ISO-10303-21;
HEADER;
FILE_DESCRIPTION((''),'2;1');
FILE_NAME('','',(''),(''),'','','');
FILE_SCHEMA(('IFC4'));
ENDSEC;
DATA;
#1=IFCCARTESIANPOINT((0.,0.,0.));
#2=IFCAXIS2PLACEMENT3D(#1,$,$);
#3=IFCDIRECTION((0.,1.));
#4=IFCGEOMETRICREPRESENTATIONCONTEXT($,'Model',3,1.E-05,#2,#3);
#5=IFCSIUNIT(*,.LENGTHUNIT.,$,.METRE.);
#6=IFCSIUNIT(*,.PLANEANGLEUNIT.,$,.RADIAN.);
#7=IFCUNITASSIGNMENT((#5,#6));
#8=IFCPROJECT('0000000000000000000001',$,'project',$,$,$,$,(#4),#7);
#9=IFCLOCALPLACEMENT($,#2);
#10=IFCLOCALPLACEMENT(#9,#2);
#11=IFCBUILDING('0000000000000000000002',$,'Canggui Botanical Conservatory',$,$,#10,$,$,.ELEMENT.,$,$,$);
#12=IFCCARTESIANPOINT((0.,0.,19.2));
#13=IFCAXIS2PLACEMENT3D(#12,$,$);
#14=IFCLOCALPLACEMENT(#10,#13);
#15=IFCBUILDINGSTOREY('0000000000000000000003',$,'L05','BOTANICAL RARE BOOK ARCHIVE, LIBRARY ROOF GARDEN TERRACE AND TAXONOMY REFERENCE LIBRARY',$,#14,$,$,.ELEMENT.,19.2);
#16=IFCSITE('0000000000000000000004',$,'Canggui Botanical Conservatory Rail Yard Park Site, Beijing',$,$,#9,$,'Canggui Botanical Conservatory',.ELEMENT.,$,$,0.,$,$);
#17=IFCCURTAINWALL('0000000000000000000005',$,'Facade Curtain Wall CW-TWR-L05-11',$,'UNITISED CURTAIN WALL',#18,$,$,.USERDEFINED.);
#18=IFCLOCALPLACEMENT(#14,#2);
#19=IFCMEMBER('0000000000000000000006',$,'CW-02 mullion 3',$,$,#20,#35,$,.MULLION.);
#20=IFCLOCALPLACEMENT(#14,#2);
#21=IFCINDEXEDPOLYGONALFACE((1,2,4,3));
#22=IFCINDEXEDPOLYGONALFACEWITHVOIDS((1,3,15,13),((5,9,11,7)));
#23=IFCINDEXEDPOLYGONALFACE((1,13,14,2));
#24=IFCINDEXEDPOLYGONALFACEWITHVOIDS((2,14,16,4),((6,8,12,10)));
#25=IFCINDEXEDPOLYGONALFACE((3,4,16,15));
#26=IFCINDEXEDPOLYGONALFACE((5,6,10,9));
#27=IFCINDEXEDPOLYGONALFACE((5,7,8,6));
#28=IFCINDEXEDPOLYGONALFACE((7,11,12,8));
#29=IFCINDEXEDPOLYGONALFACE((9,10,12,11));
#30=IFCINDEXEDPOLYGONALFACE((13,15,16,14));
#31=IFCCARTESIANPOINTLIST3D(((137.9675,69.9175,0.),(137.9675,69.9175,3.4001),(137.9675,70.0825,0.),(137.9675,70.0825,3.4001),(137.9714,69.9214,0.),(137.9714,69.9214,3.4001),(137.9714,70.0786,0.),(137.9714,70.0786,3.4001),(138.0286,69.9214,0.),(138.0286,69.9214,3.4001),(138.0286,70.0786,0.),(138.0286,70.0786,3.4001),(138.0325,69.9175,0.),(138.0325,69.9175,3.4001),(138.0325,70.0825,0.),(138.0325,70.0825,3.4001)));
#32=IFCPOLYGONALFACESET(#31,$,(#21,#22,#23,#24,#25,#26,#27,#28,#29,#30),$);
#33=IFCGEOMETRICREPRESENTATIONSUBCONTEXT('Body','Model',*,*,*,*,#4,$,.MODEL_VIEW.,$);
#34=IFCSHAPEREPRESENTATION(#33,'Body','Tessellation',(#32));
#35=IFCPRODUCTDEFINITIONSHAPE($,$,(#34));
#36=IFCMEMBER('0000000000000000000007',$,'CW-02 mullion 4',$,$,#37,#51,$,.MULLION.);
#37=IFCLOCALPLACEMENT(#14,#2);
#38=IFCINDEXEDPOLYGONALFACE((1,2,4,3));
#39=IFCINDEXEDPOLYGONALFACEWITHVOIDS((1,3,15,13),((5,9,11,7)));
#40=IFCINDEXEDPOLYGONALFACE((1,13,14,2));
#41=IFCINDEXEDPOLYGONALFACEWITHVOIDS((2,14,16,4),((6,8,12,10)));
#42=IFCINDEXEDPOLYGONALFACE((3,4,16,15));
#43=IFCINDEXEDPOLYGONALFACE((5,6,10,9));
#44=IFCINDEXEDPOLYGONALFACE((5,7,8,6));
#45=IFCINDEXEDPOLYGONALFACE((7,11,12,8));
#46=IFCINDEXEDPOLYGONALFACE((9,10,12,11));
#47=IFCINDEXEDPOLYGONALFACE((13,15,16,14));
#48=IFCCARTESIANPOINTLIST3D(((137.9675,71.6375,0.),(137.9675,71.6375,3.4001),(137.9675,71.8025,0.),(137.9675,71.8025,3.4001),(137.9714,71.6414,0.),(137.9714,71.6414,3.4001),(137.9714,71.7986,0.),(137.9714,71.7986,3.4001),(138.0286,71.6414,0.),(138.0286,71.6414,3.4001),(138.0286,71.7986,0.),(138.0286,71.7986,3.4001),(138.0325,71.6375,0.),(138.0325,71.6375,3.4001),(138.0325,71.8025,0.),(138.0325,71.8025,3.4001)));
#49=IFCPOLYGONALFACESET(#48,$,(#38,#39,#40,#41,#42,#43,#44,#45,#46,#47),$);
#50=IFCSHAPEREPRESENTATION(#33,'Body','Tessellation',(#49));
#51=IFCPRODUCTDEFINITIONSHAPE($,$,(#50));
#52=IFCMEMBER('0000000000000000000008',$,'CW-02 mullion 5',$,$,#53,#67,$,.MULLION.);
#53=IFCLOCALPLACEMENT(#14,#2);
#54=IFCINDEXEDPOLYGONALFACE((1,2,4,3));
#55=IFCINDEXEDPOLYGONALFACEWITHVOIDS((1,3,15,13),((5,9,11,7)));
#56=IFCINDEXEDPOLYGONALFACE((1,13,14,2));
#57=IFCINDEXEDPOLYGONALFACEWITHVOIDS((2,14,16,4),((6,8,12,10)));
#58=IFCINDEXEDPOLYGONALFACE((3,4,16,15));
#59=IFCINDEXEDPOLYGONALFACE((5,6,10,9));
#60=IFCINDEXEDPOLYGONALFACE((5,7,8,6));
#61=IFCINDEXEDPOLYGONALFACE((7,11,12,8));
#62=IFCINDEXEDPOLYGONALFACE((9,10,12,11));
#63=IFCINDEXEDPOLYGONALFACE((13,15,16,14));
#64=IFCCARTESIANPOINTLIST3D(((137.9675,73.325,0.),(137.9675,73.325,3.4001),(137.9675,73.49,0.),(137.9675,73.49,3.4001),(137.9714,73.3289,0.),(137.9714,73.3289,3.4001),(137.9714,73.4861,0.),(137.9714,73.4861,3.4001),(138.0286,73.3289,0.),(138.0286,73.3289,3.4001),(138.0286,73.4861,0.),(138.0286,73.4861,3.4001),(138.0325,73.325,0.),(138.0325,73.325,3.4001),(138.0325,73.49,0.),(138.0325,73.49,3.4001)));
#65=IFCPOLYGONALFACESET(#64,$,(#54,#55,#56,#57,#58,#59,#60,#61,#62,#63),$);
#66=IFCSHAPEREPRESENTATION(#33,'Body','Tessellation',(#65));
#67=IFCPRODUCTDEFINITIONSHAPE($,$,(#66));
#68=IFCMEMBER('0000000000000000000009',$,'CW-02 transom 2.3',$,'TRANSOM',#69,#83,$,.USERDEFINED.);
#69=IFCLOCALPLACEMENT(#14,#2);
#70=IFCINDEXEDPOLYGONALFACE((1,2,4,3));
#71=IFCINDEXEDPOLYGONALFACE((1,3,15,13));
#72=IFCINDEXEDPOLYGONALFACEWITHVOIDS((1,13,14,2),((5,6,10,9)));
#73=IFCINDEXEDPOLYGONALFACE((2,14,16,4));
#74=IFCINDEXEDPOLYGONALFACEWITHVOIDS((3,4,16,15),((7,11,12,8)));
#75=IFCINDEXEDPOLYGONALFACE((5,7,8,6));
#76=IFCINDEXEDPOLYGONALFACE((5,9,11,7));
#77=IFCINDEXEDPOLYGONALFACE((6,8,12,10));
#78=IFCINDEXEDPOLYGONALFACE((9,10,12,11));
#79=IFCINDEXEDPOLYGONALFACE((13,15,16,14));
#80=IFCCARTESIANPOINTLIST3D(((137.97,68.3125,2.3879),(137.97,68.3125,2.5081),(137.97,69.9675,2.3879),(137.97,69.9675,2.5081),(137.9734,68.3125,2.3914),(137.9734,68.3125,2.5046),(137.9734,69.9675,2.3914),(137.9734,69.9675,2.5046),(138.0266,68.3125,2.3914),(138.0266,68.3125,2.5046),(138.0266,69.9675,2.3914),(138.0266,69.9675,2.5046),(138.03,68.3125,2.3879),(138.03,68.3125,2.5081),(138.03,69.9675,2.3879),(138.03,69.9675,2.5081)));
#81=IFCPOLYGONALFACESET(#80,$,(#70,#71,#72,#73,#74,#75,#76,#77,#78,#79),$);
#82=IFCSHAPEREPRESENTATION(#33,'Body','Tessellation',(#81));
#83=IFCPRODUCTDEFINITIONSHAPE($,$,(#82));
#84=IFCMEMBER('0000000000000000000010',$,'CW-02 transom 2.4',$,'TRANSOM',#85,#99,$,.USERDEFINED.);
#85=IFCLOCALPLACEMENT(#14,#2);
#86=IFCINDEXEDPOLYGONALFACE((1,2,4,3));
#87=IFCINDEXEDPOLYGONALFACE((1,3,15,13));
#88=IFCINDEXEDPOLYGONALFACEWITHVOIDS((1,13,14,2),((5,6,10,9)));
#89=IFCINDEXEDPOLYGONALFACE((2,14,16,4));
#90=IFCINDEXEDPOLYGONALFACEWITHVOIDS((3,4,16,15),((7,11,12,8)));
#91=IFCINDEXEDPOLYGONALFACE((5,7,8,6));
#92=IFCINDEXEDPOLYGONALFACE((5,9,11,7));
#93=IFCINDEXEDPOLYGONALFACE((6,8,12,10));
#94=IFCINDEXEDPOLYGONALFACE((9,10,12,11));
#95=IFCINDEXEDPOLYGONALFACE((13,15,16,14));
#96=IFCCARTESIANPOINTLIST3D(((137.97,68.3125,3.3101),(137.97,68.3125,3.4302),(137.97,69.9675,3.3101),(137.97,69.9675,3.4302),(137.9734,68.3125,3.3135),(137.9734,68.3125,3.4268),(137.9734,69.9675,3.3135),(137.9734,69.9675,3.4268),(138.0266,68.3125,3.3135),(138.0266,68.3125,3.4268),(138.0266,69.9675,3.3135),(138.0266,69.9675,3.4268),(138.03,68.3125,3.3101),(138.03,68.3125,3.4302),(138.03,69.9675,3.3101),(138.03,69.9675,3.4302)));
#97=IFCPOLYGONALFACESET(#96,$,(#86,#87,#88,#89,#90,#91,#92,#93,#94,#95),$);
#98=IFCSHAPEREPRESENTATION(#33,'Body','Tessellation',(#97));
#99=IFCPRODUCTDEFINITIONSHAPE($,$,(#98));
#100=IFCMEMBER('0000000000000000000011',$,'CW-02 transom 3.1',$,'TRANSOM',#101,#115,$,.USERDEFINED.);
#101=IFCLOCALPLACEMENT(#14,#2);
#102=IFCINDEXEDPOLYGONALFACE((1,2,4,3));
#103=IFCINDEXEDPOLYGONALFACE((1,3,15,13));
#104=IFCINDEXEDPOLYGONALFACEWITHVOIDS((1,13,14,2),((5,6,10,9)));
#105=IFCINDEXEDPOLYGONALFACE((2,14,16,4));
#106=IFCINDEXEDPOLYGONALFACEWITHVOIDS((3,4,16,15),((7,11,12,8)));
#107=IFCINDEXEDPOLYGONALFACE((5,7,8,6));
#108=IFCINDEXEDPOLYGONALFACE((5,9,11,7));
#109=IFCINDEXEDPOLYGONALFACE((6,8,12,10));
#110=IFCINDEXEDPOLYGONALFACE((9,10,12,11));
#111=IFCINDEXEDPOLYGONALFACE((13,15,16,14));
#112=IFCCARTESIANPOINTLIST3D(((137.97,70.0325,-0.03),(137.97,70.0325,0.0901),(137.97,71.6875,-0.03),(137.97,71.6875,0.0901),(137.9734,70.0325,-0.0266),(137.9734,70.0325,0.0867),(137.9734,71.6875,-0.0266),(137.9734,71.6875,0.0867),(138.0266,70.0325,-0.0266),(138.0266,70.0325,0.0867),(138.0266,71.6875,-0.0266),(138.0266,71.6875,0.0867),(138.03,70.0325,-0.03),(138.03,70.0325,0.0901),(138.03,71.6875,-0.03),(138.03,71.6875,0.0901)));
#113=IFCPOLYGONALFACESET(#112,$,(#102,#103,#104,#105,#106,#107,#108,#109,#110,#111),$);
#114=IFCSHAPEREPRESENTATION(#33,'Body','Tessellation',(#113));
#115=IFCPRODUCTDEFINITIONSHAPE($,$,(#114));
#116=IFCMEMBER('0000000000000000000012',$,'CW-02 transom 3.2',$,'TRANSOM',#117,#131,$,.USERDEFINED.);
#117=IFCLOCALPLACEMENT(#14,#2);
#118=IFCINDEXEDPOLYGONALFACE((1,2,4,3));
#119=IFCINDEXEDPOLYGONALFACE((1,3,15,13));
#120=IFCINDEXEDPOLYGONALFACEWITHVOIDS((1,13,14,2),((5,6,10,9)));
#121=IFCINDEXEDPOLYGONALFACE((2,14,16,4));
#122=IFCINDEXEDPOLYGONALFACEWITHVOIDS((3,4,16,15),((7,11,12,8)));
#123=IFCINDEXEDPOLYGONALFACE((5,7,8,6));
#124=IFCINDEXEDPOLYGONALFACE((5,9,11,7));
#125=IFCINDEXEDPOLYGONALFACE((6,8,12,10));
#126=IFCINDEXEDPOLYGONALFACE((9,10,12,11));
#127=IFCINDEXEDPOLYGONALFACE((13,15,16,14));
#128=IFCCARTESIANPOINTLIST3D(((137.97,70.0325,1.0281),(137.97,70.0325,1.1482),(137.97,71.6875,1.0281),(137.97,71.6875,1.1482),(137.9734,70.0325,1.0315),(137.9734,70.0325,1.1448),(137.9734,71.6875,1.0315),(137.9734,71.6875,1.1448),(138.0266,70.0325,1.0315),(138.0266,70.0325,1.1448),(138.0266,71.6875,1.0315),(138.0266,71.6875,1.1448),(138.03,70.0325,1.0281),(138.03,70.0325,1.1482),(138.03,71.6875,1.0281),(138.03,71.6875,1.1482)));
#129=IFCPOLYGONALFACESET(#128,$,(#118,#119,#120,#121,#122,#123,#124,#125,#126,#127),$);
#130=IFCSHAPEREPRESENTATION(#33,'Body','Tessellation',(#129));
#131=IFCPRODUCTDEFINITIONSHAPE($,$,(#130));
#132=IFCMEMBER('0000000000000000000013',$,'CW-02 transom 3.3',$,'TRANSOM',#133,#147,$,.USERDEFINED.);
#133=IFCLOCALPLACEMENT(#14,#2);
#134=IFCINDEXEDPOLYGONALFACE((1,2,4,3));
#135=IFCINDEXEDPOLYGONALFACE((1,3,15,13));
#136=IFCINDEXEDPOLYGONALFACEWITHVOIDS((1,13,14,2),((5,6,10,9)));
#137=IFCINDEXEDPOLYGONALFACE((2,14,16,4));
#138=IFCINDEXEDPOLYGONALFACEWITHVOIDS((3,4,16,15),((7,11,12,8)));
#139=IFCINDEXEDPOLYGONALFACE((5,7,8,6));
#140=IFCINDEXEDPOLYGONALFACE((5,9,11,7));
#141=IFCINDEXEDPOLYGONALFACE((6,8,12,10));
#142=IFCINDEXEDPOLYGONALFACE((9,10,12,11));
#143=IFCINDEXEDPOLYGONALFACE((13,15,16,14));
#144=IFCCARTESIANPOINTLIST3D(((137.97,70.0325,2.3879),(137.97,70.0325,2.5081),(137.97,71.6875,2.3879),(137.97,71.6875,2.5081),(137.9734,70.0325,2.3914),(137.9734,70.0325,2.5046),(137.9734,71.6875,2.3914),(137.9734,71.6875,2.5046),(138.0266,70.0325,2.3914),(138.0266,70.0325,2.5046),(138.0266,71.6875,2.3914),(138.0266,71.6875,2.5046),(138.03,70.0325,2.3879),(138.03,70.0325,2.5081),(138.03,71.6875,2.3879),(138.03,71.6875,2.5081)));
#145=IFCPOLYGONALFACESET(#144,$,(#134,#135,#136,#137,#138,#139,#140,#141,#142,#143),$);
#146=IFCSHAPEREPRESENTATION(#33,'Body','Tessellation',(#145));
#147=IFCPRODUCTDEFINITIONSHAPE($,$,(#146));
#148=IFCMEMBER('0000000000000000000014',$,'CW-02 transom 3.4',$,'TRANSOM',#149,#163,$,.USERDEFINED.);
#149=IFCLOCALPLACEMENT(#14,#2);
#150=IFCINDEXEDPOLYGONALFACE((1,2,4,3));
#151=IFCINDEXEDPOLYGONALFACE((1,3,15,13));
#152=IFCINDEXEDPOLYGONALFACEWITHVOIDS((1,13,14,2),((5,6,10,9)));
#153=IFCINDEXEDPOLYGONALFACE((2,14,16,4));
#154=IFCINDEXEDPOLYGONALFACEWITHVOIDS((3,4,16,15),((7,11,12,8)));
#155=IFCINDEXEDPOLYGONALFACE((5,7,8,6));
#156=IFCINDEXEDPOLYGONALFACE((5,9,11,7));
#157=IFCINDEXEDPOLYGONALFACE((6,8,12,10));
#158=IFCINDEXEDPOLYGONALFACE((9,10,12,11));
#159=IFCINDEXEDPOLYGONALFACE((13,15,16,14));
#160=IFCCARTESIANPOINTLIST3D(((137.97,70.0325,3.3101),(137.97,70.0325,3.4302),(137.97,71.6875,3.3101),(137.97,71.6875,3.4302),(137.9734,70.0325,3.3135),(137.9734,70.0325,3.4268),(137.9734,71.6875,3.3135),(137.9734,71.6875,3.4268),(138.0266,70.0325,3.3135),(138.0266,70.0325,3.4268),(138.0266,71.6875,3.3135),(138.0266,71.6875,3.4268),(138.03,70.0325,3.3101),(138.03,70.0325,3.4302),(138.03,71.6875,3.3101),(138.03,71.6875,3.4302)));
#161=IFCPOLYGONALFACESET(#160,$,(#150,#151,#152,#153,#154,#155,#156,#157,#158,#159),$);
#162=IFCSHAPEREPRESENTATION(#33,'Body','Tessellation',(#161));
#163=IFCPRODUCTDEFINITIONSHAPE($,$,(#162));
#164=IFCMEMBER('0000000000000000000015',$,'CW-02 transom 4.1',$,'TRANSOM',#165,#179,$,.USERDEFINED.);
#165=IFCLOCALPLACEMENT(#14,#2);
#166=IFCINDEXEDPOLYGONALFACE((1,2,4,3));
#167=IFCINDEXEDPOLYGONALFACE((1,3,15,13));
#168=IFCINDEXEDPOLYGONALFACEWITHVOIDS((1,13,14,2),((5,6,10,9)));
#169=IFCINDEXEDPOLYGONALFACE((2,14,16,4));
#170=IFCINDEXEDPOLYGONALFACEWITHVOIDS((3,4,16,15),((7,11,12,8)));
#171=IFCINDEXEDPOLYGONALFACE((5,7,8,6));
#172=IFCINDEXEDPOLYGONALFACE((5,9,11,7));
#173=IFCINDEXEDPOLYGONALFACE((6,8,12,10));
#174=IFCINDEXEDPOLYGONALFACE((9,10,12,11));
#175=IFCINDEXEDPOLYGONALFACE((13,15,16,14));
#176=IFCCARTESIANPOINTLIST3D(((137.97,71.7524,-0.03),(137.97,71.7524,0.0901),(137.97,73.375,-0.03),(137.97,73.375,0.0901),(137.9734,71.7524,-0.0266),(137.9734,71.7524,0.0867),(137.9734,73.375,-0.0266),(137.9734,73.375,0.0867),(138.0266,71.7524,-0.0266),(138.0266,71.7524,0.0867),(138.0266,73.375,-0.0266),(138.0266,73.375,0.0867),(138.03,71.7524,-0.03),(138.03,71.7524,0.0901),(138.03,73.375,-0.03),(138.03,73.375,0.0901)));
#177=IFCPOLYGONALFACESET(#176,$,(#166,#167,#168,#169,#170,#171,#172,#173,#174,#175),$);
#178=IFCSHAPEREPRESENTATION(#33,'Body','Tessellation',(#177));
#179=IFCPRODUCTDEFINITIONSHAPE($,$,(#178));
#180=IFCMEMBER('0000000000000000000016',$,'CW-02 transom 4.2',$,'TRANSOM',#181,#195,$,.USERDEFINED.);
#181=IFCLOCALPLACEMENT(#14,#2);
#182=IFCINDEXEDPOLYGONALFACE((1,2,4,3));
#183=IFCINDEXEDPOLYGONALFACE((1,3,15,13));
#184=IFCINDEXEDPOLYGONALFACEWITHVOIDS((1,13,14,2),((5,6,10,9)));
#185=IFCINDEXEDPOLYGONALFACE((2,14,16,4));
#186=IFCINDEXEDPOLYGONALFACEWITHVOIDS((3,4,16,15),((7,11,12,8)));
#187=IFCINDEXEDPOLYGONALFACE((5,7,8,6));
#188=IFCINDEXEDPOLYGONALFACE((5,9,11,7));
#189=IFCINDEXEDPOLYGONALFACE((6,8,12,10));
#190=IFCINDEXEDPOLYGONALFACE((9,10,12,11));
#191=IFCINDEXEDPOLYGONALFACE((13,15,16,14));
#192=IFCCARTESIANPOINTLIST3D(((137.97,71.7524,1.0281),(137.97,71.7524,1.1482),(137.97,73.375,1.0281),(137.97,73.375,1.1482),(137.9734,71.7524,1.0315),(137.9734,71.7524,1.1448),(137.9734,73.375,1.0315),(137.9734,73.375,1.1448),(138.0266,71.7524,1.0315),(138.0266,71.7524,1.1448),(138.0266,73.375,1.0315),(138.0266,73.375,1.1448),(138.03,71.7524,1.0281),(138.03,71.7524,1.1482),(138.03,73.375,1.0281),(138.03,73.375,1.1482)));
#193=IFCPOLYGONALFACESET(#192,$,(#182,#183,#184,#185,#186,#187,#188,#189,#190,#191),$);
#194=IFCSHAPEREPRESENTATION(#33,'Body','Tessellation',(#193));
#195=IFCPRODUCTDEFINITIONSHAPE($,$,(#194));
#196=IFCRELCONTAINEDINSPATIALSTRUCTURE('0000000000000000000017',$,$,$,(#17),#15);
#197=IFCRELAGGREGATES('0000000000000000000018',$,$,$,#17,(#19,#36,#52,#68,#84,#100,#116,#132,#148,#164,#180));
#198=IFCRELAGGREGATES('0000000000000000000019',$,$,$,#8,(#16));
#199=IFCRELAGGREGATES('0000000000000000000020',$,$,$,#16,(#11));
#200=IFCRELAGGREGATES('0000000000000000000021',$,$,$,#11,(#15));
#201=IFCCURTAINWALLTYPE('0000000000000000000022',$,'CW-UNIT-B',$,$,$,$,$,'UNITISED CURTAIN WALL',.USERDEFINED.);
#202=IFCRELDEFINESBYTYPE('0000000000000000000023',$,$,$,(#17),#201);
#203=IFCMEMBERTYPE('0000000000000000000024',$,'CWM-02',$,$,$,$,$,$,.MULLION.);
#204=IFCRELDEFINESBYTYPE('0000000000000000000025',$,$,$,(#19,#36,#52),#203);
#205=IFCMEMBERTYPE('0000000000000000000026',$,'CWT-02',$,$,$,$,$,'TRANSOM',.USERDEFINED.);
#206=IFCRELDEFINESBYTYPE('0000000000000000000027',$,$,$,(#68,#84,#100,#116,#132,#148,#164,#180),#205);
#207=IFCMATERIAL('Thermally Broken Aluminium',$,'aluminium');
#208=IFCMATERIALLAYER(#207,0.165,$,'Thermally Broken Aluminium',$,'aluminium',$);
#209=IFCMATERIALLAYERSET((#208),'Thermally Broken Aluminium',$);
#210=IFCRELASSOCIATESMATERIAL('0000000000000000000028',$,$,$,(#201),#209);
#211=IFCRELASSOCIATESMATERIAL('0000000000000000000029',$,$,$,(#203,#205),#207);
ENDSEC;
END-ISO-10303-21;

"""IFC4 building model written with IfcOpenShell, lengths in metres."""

from ifc_helpers import new_model, si_unit, direction, frame, origin, origin_2d, place, context, subcontext, project, spatial, hollow_rectangle, extrude, material, layer, layer_set, material_profile, profile_set, type_object, element, aggregate, save


model = new_model("IFC4")

# Units and contexts
model_context = context("Model", 3, precision=1e-05, world=origin(), true_north=direction((0.0, 1.0)))
body_context = subcontext(model_context, "Body", "Model", "MODEL_VIEW")
ifc_project = project(units=[si_unit("LENGTHUNIT", "METRE"), si_unit("PLANEANGLEUNIT", "RADIAN")], contexts=[model_context])

# Site, building, storey
site_placement = place(None, origin())
site = spatial("IfcSite", under=ifc_project, at=site_placement, Name="Canggui Botanical Conservatory Rail Yard Park Site, Beijing", LongName="Canggui Botanical Conservatory", CompositionType="ELEMENT", RefElevation=0.0)
building_placement = place(site_placement, origin())
building = spatial("IfcBuilding", under=site, at=building_placement, Name="Canggui Botanical Conservatory", CompositionType="ELEMENT")
storey_placement = place(building_placement, frame((0.0, 0.0, 19.2)))
storey = spatial("IfcBuildingStorey", under=building, at=storey_placement, Name="L05", Description="BOTANICAL RARE BOOK ARCHIVE, LIBRARY ROOF GARDEN TERRACE AND TAXONOMY REFERENCE LIBRARY", CompositionType="ELEMENT", Elevation=19.2)

# Curtain wall, members
ifc_material_1 = material(Name="Thermally Broken Aluminium", Category="aluminium")
ifc_layer_1 = layer(ifc_material_1, 0.165, Name="Thermally Broken Aluminium", Category="aluminium")
ifc_layer_set_1 = layer_set([ifc_layer_1], Name="Thermally Broken Aluminium")
curtain_wall_type = type_object("IfcCurtainWallType", Name="CW-UNIT-B", ElementType="UNITISED CURTAIN WALL", PredefinedType="USERDEFINED", material=ifc_layer_set_1)
curtain_wall_placement = place(storey_placement, origin())
curtain_wall = element("IfcCurtainWall", 1, at=curtain_wall_placement, inside=storey, type_object=curtain_wall_type, Name="Facade Curtain Wall CW-TWR-L05-11", ObjectType="UNITISED CURTAIN WALL", PredefinedType="USERDEFINED")
ifc_material_profile_1 = material_profile(ifc_material_1, hollow_rectangle(XDim=0.0649, YDim=0.165, WallThickness=0.0039, at=origin_2d()), Name="CWM 65x165x4")
ifc_profile_set_1 = profile_set([ifc_material_profile_1], Name="Thermally Broken Aluminium")
member_type_1 = type_object("IfcMemberType", Name="CWM-02", PredefinedType="MULLION", material=ifc_profile_set_1)
member_1_placement = place(storey_placement, frame((138.0, 70.0, 0.0), z_axis=(0.0, 0.0, 1.0), x_axis=(-1.0, 0.0, 0.0)))
member_1 = element("IfcMember", 2, at=member_1_placement, type_object=member_type_1, Name="CW-02 mullion 3", PredefinedType="MULLION", context=body_context, shape_type="SweptSolid", body=[
    extrude(hollow_rectangle(XDim=0.0649, YDim=0.165, WallThickness=0.0039, at=origin_2d()), origin(), (0.0, 0.0, 1.0), 3.4001),
])
member_2_placement = place(storey_placement, frame((138.0, 71.72, 0.0), z_axis=(0.0, 0.0, 1.0), x_axis=(-1.0, 0.0, 0.0)))
member_2 = element("IfcMember", 3, at=member_2_placement, type_object=member_type_1, Name="CW-02 mullion 4", PredefinedType="MULLION", context=body_context, shape_type="SweptSolid", body=[
    extrude(hollow_rectangle(XDim=0.0649, YDim=0.165, WallThickness=0.0039, at=origin_2d()), origin(), (0.0, 0.0, 1.0), 3.4001),
])
member_3_placement = place(storey_placement, frame((138.0, 73.4075, 0.0), z_axis=(0.0, 0.0, 1.0), x_axis=(-1.0, 0.0, 0.0)))
member_3 = element("IfcMember", 4, at=member_3_placement, type_object=member_type_1, Name="CW-02 mullion 5", PredefinedType="MULLION", context=body_context, shape_type="SweptSolid", body=[
    extrude(hollow_rectangle(XDim=0.0649, YDim=0.165, WallThickness=0.0039, at=origin_2d()), origin(), (0.0, 0.0, 1.0), 3.4001),
])
ifc_material_profile_2 = material_profile(ifc_material_1, hollow_rectangle(XDim=0.0601, YDim=0.1201, WallThickness=0.0034, at=origin_2d()), Name="CWT 60x120x3.5")
ifc_profile_set_2 = profile_set([ifc_material_profile_2], Name="Thermally Broken Aluminium")
member_type_2 = type_object("IfcMemberType", Name="CWT-02", ElementType="TRANSOM", PredefinedType="USERDEFINED", material=ifc_profile_set_2)
member_4_placement = place(storey_placement, frame((138.0, 68.3125, 2.448), z_axis=(0.0, 1.0, 0.0), x_axis=(-1.0, 0.0, 0.0)))
member_4 = element("IfcMember", 5, at=member_4_placement, type_object=member_type_2, Name="CW-02 transom 2.3", ObjectType="TRANSOM", PredefinedType="USERDEFINED", context=body_context, shape_type="SweptSolid", body=[
    extrude(hollow_rectangle(XDim=0.0601, YDim=0.1201, WallThickness=0.0034, at=origin_2d()), origin(), (0.0, 0.0, 1.0), 1.655),
])
member_5_placement = place(storey_placement, frame((138.0, 68.3125, 3.3701), z_axis=(0.0, 1.0, 0.0), x_axis=(-1.0, 0.0, 0.0)))
member_5 = element("IfcMember", 6, at=member_5_placement, type_object=member_type_2, Name="CW-02 transom 2.4", ObjectType="TRANSOM", PredefinedType="USERDEFINED", context=body_context, shape_type="SweptSolid", body=[
    extrude(hollow_rectangle(XDim=0.0601, YDim=0.1201, WallThickness=0.0034, at=origin_2d()), origin(), (0.0, 0.0, 1.0), 1.655),
])
member_6_placement = place(storey_placement, frame((138.0, 70.0325, 0.03), z_axis=(0.0, 1.0, 0.0), x_axis=(-1.0, 0.0, 0.0)))
member_6 = element("IfcMember", 7, at=member_6_placement, type_object=member_type_2, Name="CW-02 transom 3.1", ObjectType="TRANSOM", PredefinedType="USERDEFINED", context=body_context, shape_type="SweptSolid", body=[
    extrude(hollow_rectangle(XDim=0.0601, YDim=0.1201, WallThickness=0.0034, at=origin_2d()), origin(), (0.0, 0.0, 1.0), 1.655),
])
member_7_placement = place(storey_placement, frame((138.0, 70.0325, 1.0881), z_axis=(0.0, 1.0, 0.0), x_axis=(-1.0, 0.0, 0.0)))
member_7 = element("IfcMember", 8, at=member_7_placement, type_object=member_type_2, Name="CW-02 transom 3.2", ObjectType="TRANSOM", PredefinedType="USERDEFINED", context=body_context, shape_type="SweptSolid", body=[
    extrude(hollow_rectangle(XDim=0.0601, YDim=0.1201, WallThickness=0.0034, at=origin_2d()), origin(), (0.0, 0.0, 1.0), 1.655),
])
member_8_placement = place(storey_placement, frame((138.0, 70.0325, 2.448), z_axis=(0.0, 1.0, 0.0), x_axis=(-1.0, 0.0, 0.0)))
member_8 = element("IfcMember", 9, at=member_8_placement, type_object=member_type_2, Name="CW-02 transom 3.3", ObjectType="TRANSOM", PredefinedType="USERDEFINED", context=body_context, shape_type="SweptSolid", body=[
    extrude(hollow_rectangle(XDim=0.0601, YDim=0.1201, WallThickness=0.0034, at=origin_2d()), origin(), (0.0, 0.0, 1.0), 1.655),
])
member_9_placement = place(storey_placement, frame((138.0, 70.0325, 3.3701), z_axis=(0.0, 1.0, 0.0), x_axis=(-1.0, 0.0, 0.0)))
member_9 = element("IfcMember", 10, at=member_9_placement, type_object=member_type_2, Name="CW-02 transom 3.4", ObjectType="TRANSOM", PredefinedType="USERDEFINED", context=body_context, shape_type="SweptSolid", body=[
    extrude(hollow_rectangle(XDim=0.0601, YDim=0.1201, WallThickness=0.0034, at=origin_2d()), origin(), (0.0, 0.0, 1.0), 1.655),
])
member_10_placement = place(storey_placement, frame((138.0, 71.7524, 0.03), z_axis=(0.0, 1.0, 0.0), x_axis=(-1.0, 0.0, 0.0)))
member_10 = element("IfcMember", 11, at=member_10_placement, type_object=member_type_2, Name="CW-02 transom 4.1", ObjectType="TRANSOM", PredefinedType="USERDEFINED", context=body_context, shape_type="SweptSolid", body=[
    extrude(hollow_rectangle(XDim=0.0601, YDim=0.1201, WallThickness=0.0034, at=origin_2d()), origin(), (0.0, 0.0, 1.0), 1.6226),
])
member_11_placement = place(storey_placement, frame((138.0, 71.7524, 1.0881), z_axis=(0.0, 1.0, 0.0), x_axis=(-1.0, 0.0, 0.0)))
member_11 = element("IfcMember", 12, at=member_11_placement, type_object=member_type_2, Name="CW-02 transom 4.2", ObjectType="TRANSOM", PredefinedType="USERDEFINED", context=body_context, shape_type="SweptSolid", body=[
    extrude(hollow_rectangle(XDim=0.0601, YDim=0.1201, WallThickness=0.0034, at=origin_2d()), origin(), (0.0, 0.0, 1.0), 1.6226),
])
aggregate(curtain_wall, [member_1, member_2, member_3, member_4, member_5, member_6, member_7, member_8, member_9, member_10, member_11])

save(model, "model.ifc")
